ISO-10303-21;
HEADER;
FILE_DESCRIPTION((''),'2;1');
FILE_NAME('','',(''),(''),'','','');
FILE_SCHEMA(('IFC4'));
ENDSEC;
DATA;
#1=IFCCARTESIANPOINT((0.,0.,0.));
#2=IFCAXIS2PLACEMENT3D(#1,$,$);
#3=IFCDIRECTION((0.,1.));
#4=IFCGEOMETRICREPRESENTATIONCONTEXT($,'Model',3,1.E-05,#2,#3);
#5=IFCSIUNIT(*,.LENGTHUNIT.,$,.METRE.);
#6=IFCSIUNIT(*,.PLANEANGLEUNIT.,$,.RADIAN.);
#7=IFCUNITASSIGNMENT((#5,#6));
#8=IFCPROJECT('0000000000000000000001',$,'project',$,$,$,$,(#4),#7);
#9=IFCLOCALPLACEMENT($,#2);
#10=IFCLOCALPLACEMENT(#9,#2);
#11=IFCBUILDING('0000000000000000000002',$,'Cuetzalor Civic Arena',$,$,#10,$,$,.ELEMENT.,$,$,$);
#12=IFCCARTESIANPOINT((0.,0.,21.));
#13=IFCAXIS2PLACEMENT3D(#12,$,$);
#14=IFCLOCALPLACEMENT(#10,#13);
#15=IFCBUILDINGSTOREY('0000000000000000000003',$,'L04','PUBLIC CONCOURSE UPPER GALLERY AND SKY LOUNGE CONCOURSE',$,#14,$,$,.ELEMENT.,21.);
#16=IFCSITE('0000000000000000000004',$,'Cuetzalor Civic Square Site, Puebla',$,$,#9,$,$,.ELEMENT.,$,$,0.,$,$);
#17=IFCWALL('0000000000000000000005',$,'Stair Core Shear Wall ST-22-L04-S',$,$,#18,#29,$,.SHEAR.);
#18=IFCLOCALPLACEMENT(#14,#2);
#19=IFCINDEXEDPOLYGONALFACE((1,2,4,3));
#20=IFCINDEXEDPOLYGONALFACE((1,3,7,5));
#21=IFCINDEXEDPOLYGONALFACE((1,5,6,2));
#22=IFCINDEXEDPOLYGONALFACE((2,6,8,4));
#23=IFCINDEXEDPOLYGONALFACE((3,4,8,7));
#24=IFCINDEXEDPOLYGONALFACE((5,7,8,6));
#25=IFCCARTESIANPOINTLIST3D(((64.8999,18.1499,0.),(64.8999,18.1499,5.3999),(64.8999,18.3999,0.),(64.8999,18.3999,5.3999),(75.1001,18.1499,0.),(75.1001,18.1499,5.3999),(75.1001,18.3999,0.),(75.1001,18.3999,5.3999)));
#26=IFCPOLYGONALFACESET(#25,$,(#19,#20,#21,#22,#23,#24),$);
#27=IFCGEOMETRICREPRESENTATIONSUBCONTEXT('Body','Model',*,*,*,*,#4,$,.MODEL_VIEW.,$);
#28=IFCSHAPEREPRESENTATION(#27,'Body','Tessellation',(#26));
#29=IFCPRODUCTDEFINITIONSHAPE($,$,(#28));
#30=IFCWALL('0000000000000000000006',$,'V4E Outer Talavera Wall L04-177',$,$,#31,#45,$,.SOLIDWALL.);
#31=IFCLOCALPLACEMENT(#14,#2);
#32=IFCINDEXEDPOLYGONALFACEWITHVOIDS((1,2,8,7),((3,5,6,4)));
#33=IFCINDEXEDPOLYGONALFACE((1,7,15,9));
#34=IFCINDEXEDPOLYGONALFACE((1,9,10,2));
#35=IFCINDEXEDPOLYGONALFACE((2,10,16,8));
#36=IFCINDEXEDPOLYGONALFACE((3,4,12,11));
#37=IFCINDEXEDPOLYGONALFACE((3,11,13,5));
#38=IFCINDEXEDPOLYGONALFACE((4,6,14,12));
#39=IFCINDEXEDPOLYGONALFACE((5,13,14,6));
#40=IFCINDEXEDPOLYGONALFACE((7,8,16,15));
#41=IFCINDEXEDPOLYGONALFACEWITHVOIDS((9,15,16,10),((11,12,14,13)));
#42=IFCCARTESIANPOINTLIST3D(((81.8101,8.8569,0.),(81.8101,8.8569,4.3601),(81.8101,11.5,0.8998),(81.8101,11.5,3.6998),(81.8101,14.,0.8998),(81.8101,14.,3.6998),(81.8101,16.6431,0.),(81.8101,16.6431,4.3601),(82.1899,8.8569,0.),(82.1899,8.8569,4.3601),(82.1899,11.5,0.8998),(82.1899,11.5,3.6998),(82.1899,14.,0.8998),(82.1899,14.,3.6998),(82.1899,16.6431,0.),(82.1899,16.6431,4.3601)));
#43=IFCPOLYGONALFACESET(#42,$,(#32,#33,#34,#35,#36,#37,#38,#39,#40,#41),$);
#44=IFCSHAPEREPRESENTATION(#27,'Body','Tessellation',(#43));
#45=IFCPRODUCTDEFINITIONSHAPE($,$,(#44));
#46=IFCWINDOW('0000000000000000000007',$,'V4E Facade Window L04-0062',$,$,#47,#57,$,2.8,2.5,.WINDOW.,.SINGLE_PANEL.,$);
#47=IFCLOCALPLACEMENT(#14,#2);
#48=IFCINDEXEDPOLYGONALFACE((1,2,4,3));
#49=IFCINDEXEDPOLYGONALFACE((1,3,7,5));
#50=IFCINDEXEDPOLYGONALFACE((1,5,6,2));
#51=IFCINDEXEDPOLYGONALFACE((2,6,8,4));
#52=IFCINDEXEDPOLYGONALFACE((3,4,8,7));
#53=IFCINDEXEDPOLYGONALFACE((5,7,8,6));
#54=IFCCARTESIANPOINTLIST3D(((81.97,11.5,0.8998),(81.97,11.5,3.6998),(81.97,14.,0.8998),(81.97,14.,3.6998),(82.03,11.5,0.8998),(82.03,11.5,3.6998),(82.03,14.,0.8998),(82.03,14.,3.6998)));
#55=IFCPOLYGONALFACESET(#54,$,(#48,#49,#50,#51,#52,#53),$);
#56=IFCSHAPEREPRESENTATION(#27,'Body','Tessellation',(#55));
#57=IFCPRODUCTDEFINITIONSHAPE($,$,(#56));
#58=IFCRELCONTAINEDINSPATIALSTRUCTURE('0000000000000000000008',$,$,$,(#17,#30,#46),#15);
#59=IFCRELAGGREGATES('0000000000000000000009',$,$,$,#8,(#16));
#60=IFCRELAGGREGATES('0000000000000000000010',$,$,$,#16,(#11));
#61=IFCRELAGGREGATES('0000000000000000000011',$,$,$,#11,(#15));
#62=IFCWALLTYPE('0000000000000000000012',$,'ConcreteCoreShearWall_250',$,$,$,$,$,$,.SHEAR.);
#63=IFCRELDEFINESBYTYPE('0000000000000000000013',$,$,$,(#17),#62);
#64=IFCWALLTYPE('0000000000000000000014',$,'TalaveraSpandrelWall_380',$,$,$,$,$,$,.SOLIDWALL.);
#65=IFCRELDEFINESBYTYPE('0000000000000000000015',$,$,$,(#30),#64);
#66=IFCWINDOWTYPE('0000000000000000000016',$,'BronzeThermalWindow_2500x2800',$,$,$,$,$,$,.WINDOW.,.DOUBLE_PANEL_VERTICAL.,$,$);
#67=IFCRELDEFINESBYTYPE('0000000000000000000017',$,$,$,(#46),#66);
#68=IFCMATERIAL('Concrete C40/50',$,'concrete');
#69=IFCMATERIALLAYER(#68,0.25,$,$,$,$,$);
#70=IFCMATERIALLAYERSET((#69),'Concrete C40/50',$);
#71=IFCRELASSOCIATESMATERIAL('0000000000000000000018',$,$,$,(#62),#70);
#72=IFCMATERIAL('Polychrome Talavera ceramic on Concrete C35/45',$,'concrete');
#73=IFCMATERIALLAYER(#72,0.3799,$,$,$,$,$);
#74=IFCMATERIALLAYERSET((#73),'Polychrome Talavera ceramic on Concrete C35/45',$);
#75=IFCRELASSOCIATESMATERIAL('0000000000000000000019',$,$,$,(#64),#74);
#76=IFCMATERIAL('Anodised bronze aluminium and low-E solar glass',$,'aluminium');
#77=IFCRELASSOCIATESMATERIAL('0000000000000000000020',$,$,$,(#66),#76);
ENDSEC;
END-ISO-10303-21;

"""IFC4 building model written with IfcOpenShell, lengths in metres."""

from ifc_helpers import new_model, si_unit, direction, frame, frame_2d, origin, place, context, subcontext, project, spatial, rectangle, extrude, material, layer, layer_set, type_object, element, fill, save


model = new_model("IFC4")

# Units and contexts
model_context = context("Model", 3, precision=1e-05, world=origin(), true_north=direction((0.0, 1.0)))
body_context = subcontext(model_context, "Body", "Model", "MODEL_VIEW")
ifc_project = project(units=[si_unit("LENGTHUNIT", "METRE"), si_unit("PLANEANGLEUNIT", "RADIAN")], contexts=[model_context])

# Site, building, storey
site_placement = place(None, origin())
site = spatial("IfcSite", under=ifc_project, at=site_placement, Name="Cuetzalor Civic Square Site, Puebla", CompositionType="ELEMENT", RefElevation=0.0)
building_placement = place(site_placement, origin())
building = spatial("IfcBuilding", under=site, at=building_placement, Name="Cuetzalor Civic Arena", CompositionType="ELEMENT")
storey_placement = place(building_placement, frame((0.0, 0.0, 21.0)))
storey = spatial("IfcBuildingStorey", under=building, at=storey_placement, Name="L04", Description="PUBLIC CONCOURSE UPPER GALLERY AND SKY LOUNGE CONCOURSE", CompositionType="ELEMENT", Elevation=21.0)

# Wall
ifc_material_1 = material(Name="Concrete C40/50", Category="concrete")
ifc_layer_1 = layer(ifc_material_1, 0.25)
ifc_layer_set_1 = layer_set([ifc_layer_1], Name="Concrete C40/50")
wall_type_1 = type_object("IfcWallType", Name="ConcreteCoreShearWall_250", PredefinedType="SHEAR", material=ifc_layer_set_1)
wall_1_placement = place(storey_placement, frame((75.1001, 18.2749, 0.0), z_axis=(0.0, 0.0, 1.0), x_axis=(-1.0, 0.0, 0.0)))
element("IfcWall", 1, at=wall_1_placement, inside=storey, type_object=wall_type_1, Name="Stair Core Shear Wall ST-22-L04-S", PredefinedType="SHEAR", context=body_context, shape_type="SweptSolid", body=[
    extrude(rectangle(XDim=10.2002, YDim=0.25, at=frame_2d((5.1001, 0.0))), origin(), (0.0, 0.0, 1.0), 5.3999),
])

# Wall, opening, window
ifc_material_2 = material(Name="Polychrome Talavera ceramic on Concrete C35/45", Category="concrete")
ifc_layer_2 = layer(ifc_material_2, 0.3799)
ifc_layer_set_2 = layer_set([ifc_layer_2], Name="Polychrome Talavera ceramic on Concrete C35/45")
wall_type_2 = type_object("IfcWallType", Name="TalaveraSpandrelWall_380", PredefinedType="SOLIDWALL", material=ifc_layer_set_2)
wall_2_placement = place(storey_placement, frame((82.0, 16.6431, 0.0), z_axis=(0.0, 0.0, 1.0), x_axis=(0.0, -1.0, 0.0)))
wall_2 = element("IfcWall", 2, at=wall_2_placement, inside=storey, type_object=wall_type_2, Name="V4E Outer Talavera Wall L04-177", PredefinedType="SOLIDWALL", context=body_context, shape_type="SweptSolid", body=[
    extrude(rectangle(XDim=7.7861, YDim=0.3799, at=frame_2d((3.8931, 0.0))), origin(), (0.0, 0.0, 1.0), 4.3601),
])
opening_placement = place(wall_2_placement, frame((2.6431, 0.0, 0.8999)))
opening = element("IfcOpeningElement", 3, at=opening_placement, cuts=wall_2, PredefinedType="OPENING", context=body_context, shape_type="SweptSolid", body=[
    extrude(rectangle(XDim=2.5, YDim=2.8, at=frame_2d((1.25, 1.3999))), frame((0.0, 0.2, 0.0), z_axis=(0.0, -1.0, 0.0), x_axis=(1.0, 0.0, 0.0)), (0.0, 0.0, 1.0), 0.3999),
])
ifc_material_3 = material(Name="Anodised bronze aluminium and low-E solar glass", Category="aluminium")
window_type = type_object("IfcWindowType", Name="BronzeThermalWindow_2500x2800", PartitioningType="DOUBLE_PANEL_VERTICAL", PredefinedType="WINDOW", material=ifc_material_3)
window_placement = place(opening_placement, origin())
window = element("IfcWindow", 4, at=window_placement, inside=storey, type_object=window_type, Name="V4E Facade Window L04-0062", OverallHeight=2.8, OverallWidth=2.5, PartitioningType="SINGLE_PANEL", PredefinedType="WINDOW", context=body_context, shape_type="SweptSolid", body=[
    extrude(rectangle(XDim=2.5, YDim=2.8, at=frame_2d((1.25, 1.3999))), frame((0.0, 0.03, 0.0), z_axis=(0.0, -1.0, 0.0), x_axis=(1.0, 0.0, 0.0)), (0.0, 0.0, 1.0), 0.0601),
])
fill(opening, window)

save(model, "model.ifc")
